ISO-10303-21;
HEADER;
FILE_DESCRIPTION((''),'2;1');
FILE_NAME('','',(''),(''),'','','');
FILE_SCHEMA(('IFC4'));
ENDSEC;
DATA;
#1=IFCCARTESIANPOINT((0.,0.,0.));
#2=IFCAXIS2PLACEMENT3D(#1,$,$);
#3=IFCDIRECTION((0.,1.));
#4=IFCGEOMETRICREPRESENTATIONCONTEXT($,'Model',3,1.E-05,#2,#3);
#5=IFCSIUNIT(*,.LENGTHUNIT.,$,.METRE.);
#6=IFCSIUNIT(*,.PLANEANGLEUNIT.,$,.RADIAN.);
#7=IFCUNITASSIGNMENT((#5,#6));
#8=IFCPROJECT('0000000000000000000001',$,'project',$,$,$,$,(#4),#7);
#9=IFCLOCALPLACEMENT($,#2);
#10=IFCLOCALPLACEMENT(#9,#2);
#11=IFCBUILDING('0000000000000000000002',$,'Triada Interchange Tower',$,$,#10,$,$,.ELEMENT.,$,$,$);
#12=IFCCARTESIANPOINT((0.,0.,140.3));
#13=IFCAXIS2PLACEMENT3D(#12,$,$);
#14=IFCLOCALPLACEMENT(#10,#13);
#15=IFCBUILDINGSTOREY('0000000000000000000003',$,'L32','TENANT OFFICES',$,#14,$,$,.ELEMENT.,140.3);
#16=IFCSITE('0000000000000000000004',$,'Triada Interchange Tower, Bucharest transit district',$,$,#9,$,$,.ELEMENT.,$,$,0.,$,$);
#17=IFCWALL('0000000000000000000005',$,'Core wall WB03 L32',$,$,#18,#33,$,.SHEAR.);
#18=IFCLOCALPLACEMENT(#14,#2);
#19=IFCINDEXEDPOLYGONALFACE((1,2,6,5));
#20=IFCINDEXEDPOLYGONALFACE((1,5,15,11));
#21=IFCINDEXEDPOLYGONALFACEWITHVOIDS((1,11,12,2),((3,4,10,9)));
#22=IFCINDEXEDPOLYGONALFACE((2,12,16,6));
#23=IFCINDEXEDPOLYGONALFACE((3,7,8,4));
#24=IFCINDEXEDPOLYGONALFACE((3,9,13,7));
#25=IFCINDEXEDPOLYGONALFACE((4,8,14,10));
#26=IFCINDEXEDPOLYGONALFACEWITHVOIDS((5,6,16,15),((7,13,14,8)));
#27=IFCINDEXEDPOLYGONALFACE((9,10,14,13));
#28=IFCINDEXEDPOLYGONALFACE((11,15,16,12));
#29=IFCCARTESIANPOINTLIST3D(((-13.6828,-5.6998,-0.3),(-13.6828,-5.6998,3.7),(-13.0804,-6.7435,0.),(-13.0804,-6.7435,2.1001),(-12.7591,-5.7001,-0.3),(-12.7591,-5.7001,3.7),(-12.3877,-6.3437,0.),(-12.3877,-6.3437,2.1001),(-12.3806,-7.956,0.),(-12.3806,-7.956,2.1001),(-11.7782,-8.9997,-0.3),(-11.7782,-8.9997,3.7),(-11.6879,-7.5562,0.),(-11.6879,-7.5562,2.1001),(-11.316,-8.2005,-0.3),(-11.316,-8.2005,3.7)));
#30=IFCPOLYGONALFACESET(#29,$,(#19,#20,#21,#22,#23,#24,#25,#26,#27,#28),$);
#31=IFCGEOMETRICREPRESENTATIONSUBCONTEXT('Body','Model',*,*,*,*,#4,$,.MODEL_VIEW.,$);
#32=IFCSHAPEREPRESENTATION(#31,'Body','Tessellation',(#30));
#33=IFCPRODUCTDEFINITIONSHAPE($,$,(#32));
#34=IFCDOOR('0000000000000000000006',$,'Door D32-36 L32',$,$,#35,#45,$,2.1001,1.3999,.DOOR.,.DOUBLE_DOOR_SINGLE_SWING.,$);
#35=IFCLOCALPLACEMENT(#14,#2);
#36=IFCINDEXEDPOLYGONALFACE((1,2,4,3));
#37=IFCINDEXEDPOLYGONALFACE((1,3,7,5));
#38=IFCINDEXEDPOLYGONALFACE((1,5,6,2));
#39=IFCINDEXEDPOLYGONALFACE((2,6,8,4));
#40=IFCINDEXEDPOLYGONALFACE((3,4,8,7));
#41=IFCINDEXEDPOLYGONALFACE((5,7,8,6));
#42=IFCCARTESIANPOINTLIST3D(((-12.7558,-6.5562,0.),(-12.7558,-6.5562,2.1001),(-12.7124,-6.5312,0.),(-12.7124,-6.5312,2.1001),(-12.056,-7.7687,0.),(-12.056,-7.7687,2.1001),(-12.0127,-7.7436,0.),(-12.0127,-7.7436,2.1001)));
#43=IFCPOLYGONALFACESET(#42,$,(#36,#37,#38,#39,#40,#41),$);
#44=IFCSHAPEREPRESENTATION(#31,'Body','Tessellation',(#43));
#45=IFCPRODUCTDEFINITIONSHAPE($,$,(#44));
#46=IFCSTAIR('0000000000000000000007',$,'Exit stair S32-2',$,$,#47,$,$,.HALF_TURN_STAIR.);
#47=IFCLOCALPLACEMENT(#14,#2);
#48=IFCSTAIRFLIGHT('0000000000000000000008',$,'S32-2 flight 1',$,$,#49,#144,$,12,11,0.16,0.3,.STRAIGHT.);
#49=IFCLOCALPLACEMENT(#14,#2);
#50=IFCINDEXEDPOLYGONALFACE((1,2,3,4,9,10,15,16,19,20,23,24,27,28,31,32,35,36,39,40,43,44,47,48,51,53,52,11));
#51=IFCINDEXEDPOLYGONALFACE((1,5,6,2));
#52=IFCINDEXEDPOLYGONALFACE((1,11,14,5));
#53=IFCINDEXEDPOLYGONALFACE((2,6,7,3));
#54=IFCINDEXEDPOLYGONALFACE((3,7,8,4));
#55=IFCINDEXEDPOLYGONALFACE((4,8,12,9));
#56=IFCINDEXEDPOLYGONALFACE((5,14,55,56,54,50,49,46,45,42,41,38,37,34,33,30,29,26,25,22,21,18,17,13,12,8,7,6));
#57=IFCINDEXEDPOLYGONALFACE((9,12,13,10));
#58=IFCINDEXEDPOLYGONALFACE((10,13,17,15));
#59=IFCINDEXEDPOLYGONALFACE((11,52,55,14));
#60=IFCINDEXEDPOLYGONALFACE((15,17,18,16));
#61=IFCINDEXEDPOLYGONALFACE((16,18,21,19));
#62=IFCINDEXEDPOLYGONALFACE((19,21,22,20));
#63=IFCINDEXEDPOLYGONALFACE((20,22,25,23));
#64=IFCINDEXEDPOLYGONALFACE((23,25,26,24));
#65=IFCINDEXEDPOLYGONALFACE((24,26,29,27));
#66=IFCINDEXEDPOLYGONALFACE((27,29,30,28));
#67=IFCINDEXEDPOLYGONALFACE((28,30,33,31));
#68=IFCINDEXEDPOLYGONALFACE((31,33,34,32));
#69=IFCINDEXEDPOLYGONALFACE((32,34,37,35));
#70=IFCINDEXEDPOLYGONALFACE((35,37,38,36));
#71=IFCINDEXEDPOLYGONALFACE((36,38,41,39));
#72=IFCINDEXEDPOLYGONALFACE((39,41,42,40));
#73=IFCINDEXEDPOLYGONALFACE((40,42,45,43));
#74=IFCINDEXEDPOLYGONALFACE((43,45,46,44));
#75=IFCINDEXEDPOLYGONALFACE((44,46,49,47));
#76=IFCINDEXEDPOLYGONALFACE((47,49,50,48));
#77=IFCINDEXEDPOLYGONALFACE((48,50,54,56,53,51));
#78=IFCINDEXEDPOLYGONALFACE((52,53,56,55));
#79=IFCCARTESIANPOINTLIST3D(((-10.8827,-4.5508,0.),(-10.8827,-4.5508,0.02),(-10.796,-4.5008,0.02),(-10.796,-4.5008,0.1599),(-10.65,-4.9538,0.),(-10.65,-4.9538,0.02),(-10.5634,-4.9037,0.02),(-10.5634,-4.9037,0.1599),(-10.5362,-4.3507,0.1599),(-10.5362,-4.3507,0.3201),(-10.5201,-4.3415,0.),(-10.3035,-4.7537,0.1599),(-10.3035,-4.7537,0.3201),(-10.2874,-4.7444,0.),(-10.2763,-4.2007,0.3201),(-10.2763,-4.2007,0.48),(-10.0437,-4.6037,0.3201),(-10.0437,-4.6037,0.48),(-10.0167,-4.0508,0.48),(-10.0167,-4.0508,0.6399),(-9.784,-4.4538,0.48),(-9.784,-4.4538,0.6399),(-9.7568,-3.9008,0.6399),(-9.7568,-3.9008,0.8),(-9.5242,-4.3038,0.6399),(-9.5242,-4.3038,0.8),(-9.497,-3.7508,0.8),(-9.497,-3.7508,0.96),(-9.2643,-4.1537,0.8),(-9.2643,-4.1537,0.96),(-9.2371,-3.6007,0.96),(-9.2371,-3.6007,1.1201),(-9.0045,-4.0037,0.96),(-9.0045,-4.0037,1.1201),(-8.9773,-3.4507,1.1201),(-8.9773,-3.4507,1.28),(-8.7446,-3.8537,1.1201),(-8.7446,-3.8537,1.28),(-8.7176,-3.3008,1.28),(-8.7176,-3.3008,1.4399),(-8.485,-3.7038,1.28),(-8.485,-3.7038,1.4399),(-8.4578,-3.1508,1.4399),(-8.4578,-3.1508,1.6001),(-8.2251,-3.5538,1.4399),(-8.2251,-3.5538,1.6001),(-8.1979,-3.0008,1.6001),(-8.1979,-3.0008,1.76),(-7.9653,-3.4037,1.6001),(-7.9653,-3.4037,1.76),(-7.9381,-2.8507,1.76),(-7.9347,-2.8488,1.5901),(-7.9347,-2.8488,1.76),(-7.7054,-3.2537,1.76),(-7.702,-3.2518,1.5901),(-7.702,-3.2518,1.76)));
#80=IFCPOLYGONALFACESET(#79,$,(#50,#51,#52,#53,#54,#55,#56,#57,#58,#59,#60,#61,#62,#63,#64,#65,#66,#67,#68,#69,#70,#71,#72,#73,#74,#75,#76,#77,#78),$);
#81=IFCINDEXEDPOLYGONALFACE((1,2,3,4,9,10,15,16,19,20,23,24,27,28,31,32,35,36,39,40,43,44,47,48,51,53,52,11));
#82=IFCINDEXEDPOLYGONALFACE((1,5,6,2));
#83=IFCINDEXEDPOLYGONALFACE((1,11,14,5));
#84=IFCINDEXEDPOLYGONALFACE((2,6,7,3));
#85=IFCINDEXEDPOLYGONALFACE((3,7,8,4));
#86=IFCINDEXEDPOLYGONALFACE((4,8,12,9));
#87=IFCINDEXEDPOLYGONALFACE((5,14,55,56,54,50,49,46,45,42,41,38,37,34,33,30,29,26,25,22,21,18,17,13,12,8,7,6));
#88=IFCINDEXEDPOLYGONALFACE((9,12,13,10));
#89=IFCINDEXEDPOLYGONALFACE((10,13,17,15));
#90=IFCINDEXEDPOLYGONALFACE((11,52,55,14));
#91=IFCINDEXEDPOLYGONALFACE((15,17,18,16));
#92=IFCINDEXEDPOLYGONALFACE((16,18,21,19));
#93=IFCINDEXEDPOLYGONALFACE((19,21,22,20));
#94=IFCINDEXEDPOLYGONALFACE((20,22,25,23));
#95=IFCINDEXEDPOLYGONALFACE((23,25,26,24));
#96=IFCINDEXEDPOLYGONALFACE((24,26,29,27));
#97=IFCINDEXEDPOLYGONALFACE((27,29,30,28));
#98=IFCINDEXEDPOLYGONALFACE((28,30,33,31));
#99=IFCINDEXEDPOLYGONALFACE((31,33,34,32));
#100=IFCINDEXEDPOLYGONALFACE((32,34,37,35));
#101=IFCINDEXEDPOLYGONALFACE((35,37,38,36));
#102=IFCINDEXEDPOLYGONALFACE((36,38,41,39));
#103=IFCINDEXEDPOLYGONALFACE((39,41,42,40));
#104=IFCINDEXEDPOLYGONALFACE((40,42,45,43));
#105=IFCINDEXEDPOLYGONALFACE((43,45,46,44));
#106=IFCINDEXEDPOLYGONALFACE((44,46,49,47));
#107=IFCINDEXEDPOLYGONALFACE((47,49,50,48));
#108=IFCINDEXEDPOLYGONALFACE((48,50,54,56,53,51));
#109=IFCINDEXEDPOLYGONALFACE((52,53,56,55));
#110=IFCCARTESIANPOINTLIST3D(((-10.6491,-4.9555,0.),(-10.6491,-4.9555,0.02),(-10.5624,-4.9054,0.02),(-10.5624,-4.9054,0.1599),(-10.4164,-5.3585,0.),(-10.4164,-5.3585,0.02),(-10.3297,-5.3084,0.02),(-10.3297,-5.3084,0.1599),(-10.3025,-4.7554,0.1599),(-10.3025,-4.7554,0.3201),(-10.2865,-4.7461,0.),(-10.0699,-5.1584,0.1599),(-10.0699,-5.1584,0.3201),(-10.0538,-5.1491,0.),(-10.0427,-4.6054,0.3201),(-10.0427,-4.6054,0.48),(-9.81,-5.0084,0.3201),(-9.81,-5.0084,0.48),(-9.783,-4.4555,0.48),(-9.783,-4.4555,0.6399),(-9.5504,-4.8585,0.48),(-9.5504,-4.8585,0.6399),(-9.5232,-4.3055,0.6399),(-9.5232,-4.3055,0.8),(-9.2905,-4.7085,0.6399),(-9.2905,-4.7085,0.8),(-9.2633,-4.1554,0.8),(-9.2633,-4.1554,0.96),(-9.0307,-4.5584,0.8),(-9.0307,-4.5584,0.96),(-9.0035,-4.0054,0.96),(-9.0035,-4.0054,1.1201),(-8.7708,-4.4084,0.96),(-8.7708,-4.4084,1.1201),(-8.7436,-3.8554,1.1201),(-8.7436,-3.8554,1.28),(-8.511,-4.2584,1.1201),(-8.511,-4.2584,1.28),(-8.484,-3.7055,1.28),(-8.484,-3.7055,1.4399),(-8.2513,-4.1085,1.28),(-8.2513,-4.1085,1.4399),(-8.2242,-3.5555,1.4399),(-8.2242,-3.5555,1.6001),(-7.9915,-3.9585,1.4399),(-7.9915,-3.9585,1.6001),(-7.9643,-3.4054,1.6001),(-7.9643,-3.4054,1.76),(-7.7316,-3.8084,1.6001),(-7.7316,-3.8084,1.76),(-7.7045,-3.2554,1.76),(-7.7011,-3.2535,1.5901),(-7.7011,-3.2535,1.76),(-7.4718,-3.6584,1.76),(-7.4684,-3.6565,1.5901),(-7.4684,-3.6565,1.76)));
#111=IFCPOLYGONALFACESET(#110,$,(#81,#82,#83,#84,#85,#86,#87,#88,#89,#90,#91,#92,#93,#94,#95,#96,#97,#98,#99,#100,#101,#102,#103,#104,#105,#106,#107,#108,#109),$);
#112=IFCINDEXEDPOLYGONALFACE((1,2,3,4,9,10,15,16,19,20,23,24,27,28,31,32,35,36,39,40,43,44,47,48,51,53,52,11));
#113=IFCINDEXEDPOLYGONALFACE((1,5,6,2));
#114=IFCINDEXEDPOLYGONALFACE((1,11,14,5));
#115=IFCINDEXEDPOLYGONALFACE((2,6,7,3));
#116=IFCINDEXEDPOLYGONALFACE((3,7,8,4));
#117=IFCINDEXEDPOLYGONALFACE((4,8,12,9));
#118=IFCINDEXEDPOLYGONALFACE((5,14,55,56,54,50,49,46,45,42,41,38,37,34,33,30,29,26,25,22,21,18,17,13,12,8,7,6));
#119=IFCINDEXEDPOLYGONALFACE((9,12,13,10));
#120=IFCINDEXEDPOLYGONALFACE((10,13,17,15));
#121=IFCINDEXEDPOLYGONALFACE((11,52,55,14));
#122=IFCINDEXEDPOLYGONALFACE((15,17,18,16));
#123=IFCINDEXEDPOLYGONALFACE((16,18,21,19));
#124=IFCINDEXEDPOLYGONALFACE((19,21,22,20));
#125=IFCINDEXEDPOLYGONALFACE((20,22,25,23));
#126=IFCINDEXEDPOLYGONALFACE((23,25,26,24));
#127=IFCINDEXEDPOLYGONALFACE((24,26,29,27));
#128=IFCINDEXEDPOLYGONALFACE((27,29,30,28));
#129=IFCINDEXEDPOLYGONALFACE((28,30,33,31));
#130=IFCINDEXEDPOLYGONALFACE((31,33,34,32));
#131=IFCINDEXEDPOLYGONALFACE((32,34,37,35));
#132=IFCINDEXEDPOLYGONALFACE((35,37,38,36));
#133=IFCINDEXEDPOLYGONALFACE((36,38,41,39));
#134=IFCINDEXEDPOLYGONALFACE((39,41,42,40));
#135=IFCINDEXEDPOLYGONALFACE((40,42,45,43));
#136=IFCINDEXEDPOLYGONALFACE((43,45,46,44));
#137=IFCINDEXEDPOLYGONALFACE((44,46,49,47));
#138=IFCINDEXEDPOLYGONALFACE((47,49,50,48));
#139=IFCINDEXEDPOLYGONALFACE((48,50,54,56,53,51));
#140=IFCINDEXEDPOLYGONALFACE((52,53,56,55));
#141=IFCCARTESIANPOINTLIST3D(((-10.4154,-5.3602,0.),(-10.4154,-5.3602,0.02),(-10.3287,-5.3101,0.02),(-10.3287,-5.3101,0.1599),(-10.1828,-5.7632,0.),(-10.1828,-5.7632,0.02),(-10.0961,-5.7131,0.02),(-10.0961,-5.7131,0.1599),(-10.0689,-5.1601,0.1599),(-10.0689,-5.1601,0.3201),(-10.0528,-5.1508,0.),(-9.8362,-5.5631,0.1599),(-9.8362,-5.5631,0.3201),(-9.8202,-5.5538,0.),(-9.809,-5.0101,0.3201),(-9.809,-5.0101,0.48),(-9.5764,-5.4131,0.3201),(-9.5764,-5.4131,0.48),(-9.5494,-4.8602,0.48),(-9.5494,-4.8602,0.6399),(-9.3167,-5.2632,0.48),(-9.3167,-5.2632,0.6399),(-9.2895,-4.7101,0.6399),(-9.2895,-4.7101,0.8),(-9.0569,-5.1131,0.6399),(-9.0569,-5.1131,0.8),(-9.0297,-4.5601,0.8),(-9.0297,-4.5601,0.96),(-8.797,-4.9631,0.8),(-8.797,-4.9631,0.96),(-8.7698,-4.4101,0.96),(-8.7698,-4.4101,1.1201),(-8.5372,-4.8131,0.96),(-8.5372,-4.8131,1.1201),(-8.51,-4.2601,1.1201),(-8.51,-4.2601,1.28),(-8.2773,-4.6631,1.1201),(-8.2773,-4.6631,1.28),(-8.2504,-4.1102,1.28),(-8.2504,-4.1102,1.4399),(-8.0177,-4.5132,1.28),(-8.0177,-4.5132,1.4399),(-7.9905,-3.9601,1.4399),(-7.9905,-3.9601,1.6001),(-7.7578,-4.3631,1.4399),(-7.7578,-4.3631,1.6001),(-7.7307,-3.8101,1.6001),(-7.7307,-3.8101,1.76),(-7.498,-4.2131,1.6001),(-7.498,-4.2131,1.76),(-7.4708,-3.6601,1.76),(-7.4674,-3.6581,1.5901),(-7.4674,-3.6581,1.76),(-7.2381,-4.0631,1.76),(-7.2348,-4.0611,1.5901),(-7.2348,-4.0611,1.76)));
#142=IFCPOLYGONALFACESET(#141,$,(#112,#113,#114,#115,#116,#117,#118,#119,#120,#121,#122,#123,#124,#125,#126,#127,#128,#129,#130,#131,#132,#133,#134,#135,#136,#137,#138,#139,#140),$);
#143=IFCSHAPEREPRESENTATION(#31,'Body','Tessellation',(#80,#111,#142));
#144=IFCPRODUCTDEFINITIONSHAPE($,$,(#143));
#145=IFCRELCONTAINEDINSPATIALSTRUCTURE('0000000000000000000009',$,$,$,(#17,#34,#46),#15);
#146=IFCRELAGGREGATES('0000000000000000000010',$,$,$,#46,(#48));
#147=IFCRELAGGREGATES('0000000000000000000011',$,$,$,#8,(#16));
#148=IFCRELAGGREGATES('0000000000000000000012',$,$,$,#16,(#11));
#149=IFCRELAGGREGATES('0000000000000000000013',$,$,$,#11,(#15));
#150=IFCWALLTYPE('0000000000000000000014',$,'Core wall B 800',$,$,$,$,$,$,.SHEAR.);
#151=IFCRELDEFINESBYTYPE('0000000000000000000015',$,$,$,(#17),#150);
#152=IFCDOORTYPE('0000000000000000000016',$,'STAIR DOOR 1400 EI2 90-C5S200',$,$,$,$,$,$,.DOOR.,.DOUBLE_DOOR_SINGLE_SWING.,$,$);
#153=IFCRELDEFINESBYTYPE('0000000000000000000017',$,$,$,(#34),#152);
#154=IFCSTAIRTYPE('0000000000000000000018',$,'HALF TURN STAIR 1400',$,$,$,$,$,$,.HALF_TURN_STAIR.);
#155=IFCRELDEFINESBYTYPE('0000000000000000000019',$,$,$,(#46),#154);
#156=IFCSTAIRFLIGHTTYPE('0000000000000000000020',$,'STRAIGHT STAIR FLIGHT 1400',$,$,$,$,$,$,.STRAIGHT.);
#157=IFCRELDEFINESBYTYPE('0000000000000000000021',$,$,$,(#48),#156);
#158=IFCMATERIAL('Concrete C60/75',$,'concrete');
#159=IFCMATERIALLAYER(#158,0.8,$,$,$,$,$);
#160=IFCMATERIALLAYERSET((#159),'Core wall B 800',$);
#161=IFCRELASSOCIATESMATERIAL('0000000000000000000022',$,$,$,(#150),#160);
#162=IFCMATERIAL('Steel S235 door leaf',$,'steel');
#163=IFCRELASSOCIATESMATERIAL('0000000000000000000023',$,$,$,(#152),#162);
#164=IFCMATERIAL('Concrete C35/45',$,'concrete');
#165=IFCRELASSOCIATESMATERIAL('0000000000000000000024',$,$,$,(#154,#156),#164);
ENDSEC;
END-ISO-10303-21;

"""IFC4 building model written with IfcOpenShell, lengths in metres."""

from ifc_helpers import new_model, si_unit, direction, frame, frame_2d, origin, place, context, subcontext, project, spatial, polyline, rectangle, outline, extrude, material, layer, layer_set, type_object, element, fill, aggregate, save


model = new_model("IFC4")

# Units and contexts
model_context = context("Model", 3, precision=1e-05, world=origin(), true_north=direction((0.0, 1.0)))
body_context = subcontext(model_context, "Body", "Model", "MODEL_VIEW")
ifc_project = project(units=[si_unit("LENGTHUNIT", "METRE"), si_unit("PLANEANGLEUNIT", "RADIAN")], contexts=[model_context])

# Site, building, storey
site_placement = place(None, origin())
site = spatial("IfcSite", under=ifc_project, at=site_placement, Name="Triada Interchange Tower, Bucharest transit district", CompositionType="ELEMENT", RefElevation=0.0)
building_placement = place(site_placement, origin())
building = spatial("IfcBuilding", under=site, at=building_placement, Name="Triada Interchange Tower", CompositionType="ELEMENT")
storey_placement = place(building_placement, frame((0.0, 0.0, 140.3)))
storey = spatial("IfcBuildingStorey", under=building, at=storey_placement, Name="L32", Description="TENANT OFFICES", CompositionType="ELEMENT", Elevation=140.3)

# Shared definitions
ifc_material_1 = material(Name="Steel S235 door leaf", Category="steel")

# Wall, opening, door
ifc_material_2 = material(Name="Concrete C60/75", Category="concrete")
ifc_layer_1 = layer(ifc_material_2, 0.8)
ifc_layer_set_1 = layer_set([ifc_layer_1], Name="Core wall B 800")
wall_type_1 = type_object("IfcWallType", Name="Core wall B 800", PredefinedType="SHEAR", material=ifc_layer_set_1)
wall_1_placement = place(storey_placement, frame((-13.2209, -5.7, -0.3), z_axis=(0.0, 0.0, 1.0), x_axis=(0.499872, -0.866099, 0.0)))
wall_1 = element("IfcWall", 1, at=wall_1_placement, inside=storey, type_object=wall_type_1, Name="Core wall WB03 L32", PredefinedType="SHEAR", context=body_context, shape_type="SweptSolid", body=[
    extrude(outline(polyline([(-0.231, -0.3999), (1.6741, -0.3999), (3.5791, -0.3999), (3.1179, 0.3999), (1.6743, 0.3999), (0.231, 0.3999), (-0.231, -0.3999)])), origin(), (0.0, 0.0, 1.0), 4.0),
])
opening_1_placement = place(wall_1_placement, frame((0.9741, 0.0, 0.3)))
opening_1 = element("IfcOpeningElement", 2, at=opening_1_placement, cuts=wall_1, PredefinedType="OPENING", context=body_context, shape_type="SweptSolid", body=[
    extrude(rectangle(XDim=1.3999, YDim=2.1001, at=frame_2d((0.7, 1.05))), frame((0.0, 0.4099, 0.0), z_axis=(0.0, -1.0, 0.0), x_axis=(1.0, 0.0, 0.0)), (0.0, 0.0, 1.0), 0.8201),
])
door_type_1 = type_object("IfcDoorType", Name="STAIR DOOR 1400 EI2 90-C5S200", OperationType="DOUBLE_DOOR_SINGLE_SWING", PredefinedType="DOOR", material=ifc_material_1)
door_1_placement = place(opening_1_placement, origin())
door_1 = element("IfcDoor", 3, at=door_1_placement, inside=storey, type_object=door_type_1, Name="Door D32-36 L32", OperationType="DOUBLE_DOOR_SINGLE_SWING", OverallHeight=2.1001, OverallWidth=1.3999, PredefinedType="DOOR", context=body_context, shape_type="SweptSolid", body=[
    extrude(rectangle(XDim=1.3999, YDim=2.1001, at=frame_2d((0.7, 1.05))), frame((0.0, 0.0249, 0.0), z_axis=(0.0, -1.0, 0.0), x_axis=(1.0, 0.0, 0.0)), (0.0, 0.0, 1.0), 0.05),
])
fill(opening_1, door_1)

# Stair, stair flight
ifc_material_3 = material(Name="Concrete C35/45", Category="concrete")
stair_type = type_object("IfcStairType", Name="HALF TURN STAIR 1400", PredefinedType="HALF_TURN_STAIR", material=ifc_material_3)
stair_placement = place(storey_placement, origin())
stair = element("IfcStair", 4, at=stair_placement, inside=storey, type_object=stair_type, Name="Exit stair S32-2", PredefinedType="HALF_TURN_STAIR")
stair_flight_type = type_object("IfcStairFlightType", Name="STRAIGHT STAIR FLIGHT 1400", PredefinedType="STRAIGHT", material=ifc_material_3)
stair_flight_1_placement = place(storey_placement, frame((-10.446, -5.1069, 0.0), z_axis=(0.0, 0.0, 1.0), x_axis=(0.866025, 0.5, 0.0)))
stair_flight_1 = element("IfcStairFlight", 5, at=stair_flight_1_placement, type_object=stair_flight_type, Name="S32-2 flight 1", NumberOfRisers=12, NumberOfTreads=11, PredefinedType="STRAIGHT", RiserHeight=0.16, TreadLength=0.3, context=body_context, shape_type="SweptSolid", body=[
    extrude(outline(polyline([(-0.1001, 0.0), (-0.1001, 0.02), (0.0, 0.02), (0.0, 0.1599), (0.3, 0.1599), (0.3, 0.3201), (0.6001, 0.3201), (0.6001, 0.48), (0.8999, 0.48), (0.8999, 0.6399), (1.2, 0.6399), (1.2, 0.8), (1.5, 0.8), (1.5, 0.96), (1.8, 0.96), (1.8, 1.1201), (2.1001, 1.1201), (2.1001, 1.28), (2.3999, 1.28), (2.3999, 1.4399), (2.7, 1.4399), (2.7, 1.6001), (3.0, 1.6001), (3.0, 1.76), (3.3, 1.76), (3.304, 1.76), (3.304, 1.9199), (3.304, 1.5901), (0.3186, 0.0), (-0.1001, 0.0)])), frame((0.0, 0.7, 0.0), z_axis=(0.0, -1.0, 0.0), x_axis=(1.0, 0.0, 0.0)), (0.0, 0.0, 1.0), 0.4653),
    extrude(outline(polyline([(-0.1001, 0.0), (-0.1001, 0.02), (0.0, 0.02), (0.0, 0.1599), (0.3, 0.1599), (0.3, 0.3201), (0.6001, 0.3201), (0.6001, 0.48), (0.8999, 0.48), (0.8999, 0.6399), (1.2, 0.6399), (1.2, 0.8), (1.5, 0.8), (1.5, 0.96), (1.8, 0.96), (1.8, 1.1201), (2.1001, 1.1201), (2.1001, 1.28), (2.3999, 1.28), (2.3999, 1.4399), (2.7, 1.4399), (2.7, 1.6001), (3.0, 1.6001), (3.0, 1.76), (3.3, 1.76), (3.304, 1.76), (3.304, 1.9199), (3.304, 1.5901), (0.3186, 0.0), (-0.1001, 0.0)])), frame((0.0, 0.2327, 0.0), z_axis=(0.0, -1.0, 0.0), x_axis=(1.0, 0.0, 0.0)), (0.0, 0.0, 1.0), 0.4653),
    extrude(outline(polyline([(-0.1001, 0.0), (-0.1001, 0.02), (0.0, 0.02), (0.0, 0.1599), (0.3, 0.1599), (0.3, 0.3201), (0.6001, 0.3201), (0.6001, 0.48), (0.8999, 0.48), (0.8999, 0.6399), (1.2, 0.6399), (1.2, 0.8), (1.5, 0.8), (1.5, 0.96), (1.8, 0.96), (1.8, 1.1201), (2.1001, 1.1201), (2.1001, 1.28), (2.3999, 1.28), (2.3999, 1.4399), (2.7, 1.4399), (2.7, 1.6001), (3.0, 1.6001), (3.0, 1.76), (3.3, 1.76), (3.304, 1.76), (3.304, 1.9199), (3.304, 1.5901), (0.3186, 0.0), (-0.1001, 0.0)])), frame((0.0, -0.2346, 0.0), z_axis=(0.0, -1.0, 0.0), x_axis=(1.0, 0.0, 0.0)), (0.0, 0.0, 1.0), 0.4653),
])
aggregate(stair, [stair_flight_1])

save(model, "model.ifc")
